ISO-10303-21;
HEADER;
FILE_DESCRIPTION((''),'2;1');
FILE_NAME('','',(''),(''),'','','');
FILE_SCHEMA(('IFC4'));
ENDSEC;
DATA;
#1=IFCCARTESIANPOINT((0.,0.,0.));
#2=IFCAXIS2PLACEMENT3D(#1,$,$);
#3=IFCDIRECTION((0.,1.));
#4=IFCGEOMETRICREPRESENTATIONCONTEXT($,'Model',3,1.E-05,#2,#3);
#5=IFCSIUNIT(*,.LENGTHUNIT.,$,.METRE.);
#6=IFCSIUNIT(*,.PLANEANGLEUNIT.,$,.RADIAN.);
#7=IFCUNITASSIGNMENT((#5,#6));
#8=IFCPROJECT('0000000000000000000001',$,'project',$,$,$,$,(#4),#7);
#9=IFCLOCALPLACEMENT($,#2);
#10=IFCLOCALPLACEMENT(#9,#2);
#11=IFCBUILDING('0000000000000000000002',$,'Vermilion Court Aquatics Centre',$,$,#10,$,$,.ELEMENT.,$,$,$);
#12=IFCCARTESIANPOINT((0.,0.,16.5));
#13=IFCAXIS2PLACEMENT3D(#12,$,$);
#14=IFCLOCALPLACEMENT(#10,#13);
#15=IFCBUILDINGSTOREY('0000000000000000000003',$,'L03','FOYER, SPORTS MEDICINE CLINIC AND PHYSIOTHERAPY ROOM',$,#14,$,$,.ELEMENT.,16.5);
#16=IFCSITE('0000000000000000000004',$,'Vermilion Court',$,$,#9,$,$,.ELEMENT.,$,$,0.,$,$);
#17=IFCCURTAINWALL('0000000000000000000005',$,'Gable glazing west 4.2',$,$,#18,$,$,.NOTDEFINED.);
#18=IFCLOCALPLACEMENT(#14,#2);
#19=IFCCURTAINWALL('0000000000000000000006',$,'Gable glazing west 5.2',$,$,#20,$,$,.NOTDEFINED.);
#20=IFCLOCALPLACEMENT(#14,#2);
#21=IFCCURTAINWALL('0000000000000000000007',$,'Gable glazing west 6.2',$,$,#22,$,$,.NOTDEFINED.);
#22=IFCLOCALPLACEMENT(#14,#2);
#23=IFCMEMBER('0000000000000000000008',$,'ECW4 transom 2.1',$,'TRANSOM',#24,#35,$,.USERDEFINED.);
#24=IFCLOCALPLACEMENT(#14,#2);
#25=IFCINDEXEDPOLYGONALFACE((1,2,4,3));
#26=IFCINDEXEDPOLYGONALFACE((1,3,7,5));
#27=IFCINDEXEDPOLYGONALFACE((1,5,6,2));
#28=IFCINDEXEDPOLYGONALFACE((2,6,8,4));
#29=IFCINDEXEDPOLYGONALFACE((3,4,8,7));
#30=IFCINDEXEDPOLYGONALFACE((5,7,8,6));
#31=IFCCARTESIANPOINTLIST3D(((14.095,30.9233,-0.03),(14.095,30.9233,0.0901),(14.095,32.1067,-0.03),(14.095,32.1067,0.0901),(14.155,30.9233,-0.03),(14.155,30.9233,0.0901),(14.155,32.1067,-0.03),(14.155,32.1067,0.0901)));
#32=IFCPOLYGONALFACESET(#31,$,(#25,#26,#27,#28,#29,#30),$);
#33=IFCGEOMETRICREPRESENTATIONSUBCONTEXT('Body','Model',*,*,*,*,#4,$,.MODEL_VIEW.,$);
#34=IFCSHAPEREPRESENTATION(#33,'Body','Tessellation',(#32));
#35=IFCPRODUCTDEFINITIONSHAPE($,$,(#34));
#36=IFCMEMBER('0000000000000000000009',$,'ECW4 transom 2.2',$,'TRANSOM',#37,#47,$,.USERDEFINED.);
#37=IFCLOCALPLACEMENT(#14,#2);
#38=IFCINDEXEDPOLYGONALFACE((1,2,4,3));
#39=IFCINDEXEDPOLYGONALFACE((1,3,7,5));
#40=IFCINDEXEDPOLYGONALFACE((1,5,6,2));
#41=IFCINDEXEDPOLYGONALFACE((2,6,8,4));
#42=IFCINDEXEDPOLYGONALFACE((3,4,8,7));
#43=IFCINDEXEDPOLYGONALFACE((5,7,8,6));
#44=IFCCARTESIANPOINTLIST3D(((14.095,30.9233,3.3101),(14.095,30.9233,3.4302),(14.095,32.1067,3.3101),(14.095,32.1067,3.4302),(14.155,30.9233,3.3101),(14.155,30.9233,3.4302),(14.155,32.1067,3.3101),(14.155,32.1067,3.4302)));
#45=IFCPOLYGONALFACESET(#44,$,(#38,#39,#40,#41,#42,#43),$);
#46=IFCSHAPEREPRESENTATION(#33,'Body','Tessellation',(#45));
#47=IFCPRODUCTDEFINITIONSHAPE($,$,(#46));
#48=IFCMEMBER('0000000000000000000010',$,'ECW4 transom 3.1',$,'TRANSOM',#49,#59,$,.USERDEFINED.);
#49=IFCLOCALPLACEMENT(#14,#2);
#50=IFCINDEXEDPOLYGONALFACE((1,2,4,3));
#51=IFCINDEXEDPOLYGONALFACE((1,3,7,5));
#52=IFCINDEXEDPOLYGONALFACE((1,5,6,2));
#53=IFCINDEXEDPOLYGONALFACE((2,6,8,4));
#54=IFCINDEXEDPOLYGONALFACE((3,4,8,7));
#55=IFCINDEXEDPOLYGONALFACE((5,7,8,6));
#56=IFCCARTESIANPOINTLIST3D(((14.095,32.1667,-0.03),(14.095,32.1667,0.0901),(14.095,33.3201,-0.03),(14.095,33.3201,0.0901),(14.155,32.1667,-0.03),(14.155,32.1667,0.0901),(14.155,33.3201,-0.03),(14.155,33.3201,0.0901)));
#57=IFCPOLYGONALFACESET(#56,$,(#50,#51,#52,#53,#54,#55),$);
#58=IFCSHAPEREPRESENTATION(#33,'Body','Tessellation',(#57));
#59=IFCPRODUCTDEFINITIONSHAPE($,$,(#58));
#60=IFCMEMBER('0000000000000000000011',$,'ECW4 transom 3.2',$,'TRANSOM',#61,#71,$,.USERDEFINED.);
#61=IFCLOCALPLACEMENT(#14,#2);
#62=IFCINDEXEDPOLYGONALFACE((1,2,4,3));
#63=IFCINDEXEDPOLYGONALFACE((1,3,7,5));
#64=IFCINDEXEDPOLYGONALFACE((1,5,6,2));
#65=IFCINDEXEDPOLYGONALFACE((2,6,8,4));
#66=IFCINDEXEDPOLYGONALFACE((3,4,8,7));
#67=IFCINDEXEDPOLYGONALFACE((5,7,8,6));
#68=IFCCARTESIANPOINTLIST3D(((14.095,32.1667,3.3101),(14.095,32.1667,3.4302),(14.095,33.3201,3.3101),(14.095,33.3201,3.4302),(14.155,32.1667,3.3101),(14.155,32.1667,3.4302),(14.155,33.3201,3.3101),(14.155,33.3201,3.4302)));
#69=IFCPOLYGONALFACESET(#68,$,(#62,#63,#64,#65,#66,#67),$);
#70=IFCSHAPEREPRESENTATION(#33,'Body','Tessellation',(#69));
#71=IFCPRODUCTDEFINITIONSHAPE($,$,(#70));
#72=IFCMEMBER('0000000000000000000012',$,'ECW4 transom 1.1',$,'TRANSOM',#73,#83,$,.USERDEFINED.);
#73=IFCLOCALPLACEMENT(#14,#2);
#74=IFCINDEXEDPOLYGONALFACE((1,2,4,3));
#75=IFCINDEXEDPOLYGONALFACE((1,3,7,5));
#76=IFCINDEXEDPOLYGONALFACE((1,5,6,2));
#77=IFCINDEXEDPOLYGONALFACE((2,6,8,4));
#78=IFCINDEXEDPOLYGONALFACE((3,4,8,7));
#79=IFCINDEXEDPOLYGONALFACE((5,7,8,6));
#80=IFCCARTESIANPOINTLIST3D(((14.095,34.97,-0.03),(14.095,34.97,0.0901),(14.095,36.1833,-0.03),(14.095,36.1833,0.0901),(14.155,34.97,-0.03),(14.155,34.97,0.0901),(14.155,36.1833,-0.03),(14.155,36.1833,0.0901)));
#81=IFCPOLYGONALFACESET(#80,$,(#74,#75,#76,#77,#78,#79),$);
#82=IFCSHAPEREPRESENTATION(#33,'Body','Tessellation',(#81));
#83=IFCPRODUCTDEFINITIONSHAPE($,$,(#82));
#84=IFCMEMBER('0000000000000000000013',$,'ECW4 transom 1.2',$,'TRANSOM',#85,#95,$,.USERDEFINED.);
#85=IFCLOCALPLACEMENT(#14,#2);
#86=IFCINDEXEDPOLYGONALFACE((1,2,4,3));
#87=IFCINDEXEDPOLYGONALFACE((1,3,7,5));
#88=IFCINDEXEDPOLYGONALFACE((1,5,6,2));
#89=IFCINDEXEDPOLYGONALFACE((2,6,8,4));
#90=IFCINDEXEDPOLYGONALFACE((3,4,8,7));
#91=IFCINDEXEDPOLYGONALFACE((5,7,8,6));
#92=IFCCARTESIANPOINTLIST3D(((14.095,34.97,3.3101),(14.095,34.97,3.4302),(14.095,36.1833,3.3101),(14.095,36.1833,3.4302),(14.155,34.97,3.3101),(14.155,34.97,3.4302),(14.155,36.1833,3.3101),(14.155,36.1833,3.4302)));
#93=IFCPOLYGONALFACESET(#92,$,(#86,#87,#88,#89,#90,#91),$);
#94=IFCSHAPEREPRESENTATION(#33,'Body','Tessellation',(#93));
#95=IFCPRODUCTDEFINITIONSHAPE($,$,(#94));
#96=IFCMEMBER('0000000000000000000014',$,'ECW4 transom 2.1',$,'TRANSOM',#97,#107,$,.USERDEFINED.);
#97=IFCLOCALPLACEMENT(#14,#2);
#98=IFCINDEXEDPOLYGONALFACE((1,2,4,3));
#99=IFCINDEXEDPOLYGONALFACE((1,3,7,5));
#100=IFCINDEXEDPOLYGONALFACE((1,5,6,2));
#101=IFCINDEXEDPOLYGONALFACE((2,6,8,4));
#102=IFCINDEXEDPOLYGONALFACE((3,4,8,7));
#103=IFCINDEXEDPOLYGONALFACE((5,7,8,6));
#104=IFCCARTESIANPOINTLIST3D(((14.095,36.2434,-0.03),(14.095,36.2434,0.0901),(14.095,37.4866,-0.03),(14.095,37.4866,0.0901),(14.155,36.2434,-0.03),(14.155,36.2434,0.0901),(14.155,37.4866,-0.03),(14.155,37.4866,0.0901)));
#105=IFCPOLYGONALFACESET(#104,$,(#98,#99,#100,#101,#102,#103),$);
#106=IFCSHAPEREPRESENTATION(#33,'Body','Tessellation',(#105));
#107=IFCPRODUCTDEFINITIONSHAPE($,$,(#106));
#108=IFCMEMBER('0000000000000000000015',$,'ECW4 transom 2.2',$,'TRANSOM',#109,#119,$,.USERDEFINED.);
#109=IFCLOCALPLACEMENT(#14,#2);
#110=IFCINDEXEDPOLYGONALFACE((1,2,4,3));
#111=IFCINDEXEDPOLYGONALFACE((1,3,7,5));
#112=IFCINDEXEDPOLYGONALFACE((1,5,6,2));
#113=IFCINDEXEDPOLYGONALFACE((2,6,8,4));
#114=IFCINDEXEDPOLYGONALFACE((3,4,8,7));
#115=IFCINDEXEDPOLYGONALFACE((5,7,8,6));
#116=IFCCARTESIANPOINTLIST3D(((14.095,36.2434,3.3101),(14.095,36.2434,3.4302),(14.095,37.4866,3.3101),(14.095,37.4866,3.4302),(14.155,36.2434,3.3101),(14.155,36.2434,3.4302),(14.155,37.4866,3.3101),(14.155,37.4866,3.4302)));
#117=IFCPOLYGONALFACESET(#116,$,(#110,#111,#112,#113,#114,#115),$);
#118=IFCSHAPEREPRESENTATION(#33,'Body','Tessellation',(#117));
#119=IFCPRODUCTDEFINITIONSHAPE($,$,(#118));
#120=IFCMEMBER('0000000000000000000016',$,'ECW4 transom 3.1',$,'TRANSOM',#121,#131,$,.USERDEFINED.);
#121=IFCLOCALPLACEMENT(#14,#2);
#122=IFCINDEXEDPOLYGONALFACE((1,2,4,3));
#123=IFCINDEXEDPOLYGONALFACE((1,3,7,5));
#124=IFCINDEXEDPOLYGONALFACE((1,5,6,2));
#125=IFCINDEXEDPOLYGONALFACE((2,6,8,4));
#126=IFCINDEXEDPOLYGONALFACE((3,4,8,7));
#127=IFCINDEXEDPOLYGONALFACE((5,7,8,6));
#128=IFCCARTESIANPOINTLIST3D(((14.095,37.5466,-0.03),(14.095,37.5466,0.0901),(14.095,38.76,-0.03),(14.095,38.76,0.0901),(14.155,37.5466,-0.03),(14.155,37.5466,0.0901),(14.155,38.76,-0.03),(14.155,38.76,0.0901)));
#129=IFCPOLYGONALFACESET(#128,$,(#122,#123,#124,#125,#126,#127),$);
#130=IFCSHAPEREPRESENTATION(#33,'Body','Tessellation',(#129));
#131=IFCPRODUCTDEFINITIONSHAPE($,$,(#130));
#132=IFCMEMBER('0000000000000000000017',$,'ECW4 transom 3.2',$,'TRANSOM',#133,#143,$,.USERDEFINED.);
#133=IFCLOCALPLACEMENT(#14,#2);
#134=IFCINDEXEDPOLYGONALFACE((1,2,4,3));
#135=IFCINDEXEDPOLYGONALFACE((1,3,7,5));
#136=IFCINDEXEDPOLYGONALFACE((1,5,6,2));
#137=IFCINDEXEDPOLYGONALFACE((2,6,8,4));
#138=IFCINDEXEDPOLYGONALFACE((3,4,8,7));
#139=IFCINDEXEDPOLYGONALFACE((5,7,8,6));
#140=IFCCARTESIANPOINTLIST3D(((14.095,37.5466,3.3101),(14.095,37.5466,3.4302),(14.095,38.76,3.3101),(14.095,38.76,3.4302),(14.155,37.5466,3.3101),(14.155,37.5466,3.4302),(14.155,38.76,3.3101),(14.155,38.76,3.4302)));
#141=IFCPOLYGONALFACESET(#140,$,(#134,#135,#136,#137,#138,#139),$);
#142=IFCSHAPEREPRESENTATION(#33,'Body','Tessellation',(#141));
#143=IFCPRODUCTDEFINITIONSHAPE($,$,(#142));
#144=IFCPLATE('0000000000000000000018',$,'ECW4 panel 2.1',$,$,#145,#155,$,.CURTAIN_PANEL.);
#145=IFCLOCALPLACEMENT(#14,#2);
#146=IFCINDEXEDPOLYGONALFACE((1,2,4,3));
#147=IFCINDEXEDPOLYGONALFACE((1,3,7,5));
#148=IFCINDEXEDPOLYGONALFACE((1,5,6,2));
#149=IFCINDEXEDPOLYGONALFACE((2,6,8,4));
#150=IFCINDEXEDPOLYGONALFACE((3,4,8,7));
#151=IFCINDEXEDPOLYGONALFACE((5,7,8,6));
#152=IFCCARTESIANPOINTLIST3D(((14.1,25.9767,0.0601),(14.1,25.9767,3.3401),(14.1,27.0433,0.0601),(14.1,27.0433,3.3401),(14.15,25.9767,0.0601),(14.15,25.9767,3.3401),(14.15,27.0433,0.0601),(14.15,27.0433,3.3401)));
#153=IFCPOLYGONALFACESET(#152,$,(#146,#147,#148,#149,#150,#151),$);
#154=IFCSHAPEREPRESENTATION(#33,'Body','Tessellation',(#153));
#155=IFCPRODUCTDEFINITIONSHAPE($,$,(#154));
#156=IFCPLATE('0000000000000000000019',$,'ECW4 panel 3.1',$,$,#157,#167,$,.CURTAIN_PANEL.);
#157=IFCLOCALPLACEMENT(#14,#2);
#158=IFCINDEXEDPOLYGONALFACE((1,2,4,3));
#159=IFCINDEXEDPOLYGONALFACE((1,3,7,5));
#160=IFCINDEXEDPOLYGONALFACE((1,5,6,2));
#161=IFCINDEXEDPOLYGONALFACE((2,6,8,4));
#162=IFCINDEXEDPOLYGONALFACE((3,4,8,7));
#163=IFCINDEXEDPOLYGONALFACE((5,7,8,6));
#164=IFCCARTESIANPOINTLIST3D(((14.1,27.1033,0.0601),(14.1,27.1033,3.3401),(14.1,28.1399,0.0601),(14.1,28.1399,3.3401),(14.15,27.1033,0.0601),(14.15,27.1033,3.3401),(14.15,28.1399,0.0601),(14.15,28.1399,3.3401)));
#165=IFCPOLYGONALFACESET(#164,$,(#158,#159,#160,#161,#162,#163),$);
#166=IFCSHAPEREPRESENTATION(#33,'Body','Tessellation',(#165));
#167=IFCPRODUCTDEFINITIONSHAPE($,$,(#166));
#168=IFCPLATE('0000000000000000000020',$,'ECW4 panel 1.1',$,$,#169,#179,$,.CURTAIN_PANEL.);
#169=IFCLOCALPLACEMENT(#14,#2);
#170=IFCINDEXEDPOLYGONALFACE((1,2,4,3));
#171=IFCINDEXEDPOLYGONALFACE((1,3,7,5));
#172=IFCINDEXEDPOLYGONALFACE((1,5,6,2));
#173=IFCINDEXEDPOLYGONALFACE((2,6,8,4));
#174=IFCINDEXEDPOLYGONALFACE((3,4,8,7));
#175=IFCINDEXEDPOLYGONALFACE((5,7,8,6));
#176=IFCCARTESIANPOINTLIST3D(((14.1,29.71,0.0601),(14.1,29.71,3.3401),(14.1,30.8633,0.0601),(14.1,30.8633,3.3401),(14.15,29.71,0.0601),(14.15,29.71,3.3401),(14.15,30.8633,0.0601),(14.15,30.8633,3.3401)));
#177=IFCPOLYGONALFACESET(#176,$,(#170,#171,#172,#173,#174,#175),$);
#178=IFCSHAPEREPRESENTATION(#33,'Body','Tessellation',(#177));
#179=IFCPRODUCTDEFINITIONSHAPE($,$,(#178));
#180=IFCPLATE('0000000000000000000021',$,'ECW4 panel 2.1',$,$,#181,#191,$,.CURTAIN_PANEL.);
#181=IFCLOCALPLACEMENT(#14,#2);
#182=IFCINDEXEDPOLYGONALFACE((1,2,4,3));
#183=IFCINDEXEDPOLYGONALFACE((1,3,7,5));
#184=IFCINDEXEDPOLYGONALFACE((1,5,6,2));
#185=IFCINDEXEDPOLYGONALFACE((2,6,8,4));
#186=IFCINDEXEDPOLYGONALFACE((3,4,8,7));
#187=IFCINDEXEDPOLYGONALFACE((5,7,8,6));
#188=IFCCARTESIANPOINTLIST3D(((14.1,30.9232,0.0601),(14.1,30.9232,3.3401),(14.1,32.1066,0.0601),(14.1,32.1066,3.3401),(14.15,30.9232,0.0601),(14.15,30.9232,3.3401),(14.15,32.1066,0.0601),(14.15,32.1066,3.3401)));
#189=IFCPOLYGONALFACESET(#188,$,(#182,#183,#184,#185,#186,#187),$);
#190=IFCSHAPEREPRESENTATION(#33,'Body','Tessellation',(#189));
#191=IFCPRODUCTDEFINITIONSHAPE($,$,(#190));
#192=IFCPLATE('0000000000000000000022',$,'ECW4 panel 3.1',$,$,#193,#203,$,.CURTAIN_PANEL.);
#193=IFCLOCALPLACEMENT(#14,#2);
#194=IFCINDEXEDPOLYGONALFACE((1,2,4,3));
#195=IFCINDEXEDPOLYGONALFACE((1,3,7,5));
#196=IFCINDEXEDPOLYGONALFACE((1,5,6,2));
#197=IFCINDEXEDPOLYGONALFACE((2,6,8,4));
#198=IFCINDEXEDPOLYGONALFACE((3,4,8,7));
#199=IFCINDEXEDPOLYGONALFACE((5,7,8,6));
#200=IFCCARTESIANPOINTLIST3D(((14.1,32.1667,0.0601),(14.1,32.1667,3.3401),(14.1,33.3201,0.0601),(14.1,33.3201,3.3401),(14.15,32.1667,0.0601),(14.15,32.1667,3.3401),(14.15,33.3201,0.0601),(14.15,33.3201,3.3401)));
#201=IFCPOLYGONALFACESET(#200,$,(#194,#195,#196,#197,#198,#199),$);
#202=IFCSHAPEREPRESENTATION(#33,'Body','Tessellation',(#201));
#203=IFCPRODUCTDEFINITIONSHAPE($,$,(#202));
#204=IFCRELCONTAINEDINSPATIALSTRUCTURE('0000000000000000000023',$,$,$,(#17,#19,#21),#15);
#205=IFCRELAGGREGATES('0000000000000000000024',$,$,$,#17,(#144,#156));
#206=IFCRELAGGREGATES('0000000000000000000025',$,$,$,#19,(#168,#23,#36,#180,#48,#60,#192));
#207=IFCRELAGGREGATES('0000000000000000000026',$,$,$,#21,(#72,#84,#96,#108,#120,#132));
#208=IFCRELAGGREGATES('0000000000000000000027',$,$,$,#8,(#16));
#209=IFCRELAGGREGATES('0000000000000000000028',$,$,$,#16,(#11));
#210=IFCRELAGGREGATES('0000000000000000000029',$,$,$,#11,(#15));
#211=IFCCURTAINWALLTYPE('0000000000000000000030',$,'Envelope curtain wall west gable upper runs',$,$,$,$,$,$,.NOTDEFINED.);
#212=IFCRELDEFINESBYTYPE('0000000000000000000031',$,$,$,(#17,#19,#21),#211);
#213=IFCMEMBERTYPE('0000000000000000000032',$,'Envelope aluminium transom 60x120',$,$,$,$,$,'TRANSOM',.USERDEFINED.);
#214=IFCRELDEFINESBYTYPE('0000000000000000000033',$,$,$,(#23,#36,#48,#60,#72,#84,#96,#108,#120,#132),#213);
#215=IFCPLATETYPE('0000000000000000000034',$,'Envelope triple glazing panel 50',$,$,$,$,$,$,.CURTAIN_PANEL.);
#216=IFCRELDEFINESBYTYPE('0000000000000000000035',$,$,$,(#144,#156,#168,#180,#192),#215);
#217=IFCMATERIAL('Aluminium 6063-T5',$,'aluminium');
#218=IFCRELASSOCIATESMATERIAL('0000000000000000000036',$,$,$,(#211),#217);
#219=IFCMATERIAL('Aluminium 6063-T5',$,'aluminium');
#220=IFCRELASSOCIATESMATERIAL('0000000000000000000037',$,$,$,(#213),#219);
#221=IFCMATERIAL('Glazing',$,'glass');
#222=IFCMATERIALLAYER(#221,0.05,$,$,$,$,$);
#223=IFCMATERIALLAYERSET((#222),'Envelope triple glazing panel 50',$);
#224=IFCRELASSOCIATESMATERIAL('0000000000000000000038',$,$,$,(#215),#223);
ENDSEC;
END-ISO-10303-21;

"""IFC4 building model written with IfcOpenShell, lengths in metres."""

from ifc_helpers import new_model, si_unit, direction, frame, origin, origin_2d, place, context, subcontext, project, spatial, rectangle, extrude, material, layer, layer_set, material_profile, profile_set, type_object, element, aggregate, save


model = new_model("IFC4")

# Units and contexts
model_context = context("Model", 3, precision=1e-05, world=origin(), true_north=direction((0.0, 1.0)))
body_context = subcontext(model_context, "Body", "Model", "MODEL_VIEW")
ifc_project = project(units=[si_unit("LENGTHUNIT", "METRE"), si_unit("PLANEANGLEUNIT", "RADIAN")], contexts=[model_context])

# Site, building, storey
site_placement = place(None, origin())
site = spatial("IfcSite", under=ifc_project, at=site_placement, Name="Vermilion Court", CompositionType="ELEMENT", RefElevation=0.0)
building_placement = place(site_placement, origin())
building = spatial("IfcBuilding", under=site, at=building_placement, Name="Vermilion Court Aquatics Centre", CompositionType="ELEMENT")
storey_placement = place(building_placement, frame((0.0, 0.0, 16.5)))
storey = spatial("IfcBuildingStorey", under=building, at=storey_placement, Name="L03", Description="FOYER, SPORTS MEDICINE CLINIC AND PHYSIOTHERAPY ROOM", CompositionType="ELEMENT", Elevation=16.5)

# Curtain walls
ifc_material_1 = material(Name="Aluminium 6063-T5", Category="aluminium")
curtain_wall_type = type_object("IfcCurtainWallType", Name="Envelope curtain wall west gable upper runs", PredefinedType="NOTDEFINED", material=ifc_material_1)
curtain_wall_1_placement = place(storey_placement, origin())
curtain_wall_1 = element("IfcCurtainWall", 1, at=curtain_wall_1_placement, inside=storey, type_object=curtain_wall_type, Name="Gable glazing west 4.2", PredefinedType="NOTDEFINED")
curtain_wall_2_placement = place(storey_placement, origin())
curtain_wall_2 = element("IfcCurtainWall", 2, at=curtain_wall_2_placement, inside=storey, type_object=curtain_wall_type, Name="Gable glazing west 5.2", PredefinedType="NOTDEFINED")
curtain_wall_3_placement = place(storey_placement, origin())
curtain_wall_3 = element("IfcCurtainWall", 3, at=curtain_wall_3_placement, inside=storey, type_object=curtain_wall_type, Name="Gable glazing west 6.2", PredefinedType="NOTDEFINED")

# Members
ifc_material_2 = material(Name="Aluminium 6063-T5", Category="aluminium")
ifc_material_profile_1 = material_profile(ifc_material_2, rectangle(XDim=0.0601, YDim=0.1201, at=origin_2d()), Name="AL 60x120")
ifc_profile_set_1 = profile_set([ifc_material_profile_1], Name="Aluminium 6063-T5")
member_type_1 = type_object("IfcMemberType", Name="Envelope aluminium transom 60x120", ElementType="TRANSOM", PredefinedType="USERDEFINED", material=ifc_profile_set_1)
member_1_placement = place(storey_placement, frame((14.125, 30.9233, 0.03), z_axis=(0.0, 1.0, 0.0), x_axis=(-1.0, 0.0, 0.0)))
member_1 = element("IfcMember", 4, at=member_1_placement, type_object=member_type_1, Name="ECW4 transom 2.1", ObjectType="TRANSOM", PredefinedType="USERDEFINED", context=body_context, shape_type="SweptSolid", body=[
    extrude(rectangle(XDim=0.0601, YDim=0.1201, at=origin_2d()), origin(), (0.0, 0.0, 1.0), 1.1833),
])
member_2_placement = place(storey_placement, frame((14.125, 30.9233, 3.3701), z_axis=(0.0, 1.0, 0.0), x_axis=(-1.0, 0.0, 0.0)))
member_2 = element("IfcMember", 5, at=member_2_placement, type_object=member_type_1, Name="ECW4 transom 2.2", ObjectType="TRANSOM", PredefinedType="USERDEFINED", context=body_context, shape_type="SweptSolid", body=[
    extrude(rectangle(XDim=0.0601, YDim=0.1201, at=origin_2d()), origin(), (0.0, 0.0, 1.0), 1.1833),
])
member_3_placement = place(storey_placement, frame((14.125, 32.1667, 0.03), z_axis=(0.0, 1.0, 0.0), x_axis=(-1.0, 0.0, 0.0)))
member_3 = element("IfcMember", 6, at=member_3_placement, type_object=member_type_1, Name="ECW4 transom 3.1", ObjectType="TRANSOM", PredefinedType="USERDEFINED", context=body_context, shape_type="SweptSolid", body=[
    extrude(rectangle(XDim=0.0601, YDim=0.1201, at=origin_2d()), origin(), (0.0, 0.0, 1.0), 1.1533),
])
member_4_placement = place(storey_placement, frame((14.125, 32.1667, 3.3701), z_axis=(0.0, 1.0, 0.0), x_axis=(-1.0, 0.0, 0.0)))
member_4 = element("IfcMember", 7, at=member_4_placement, type_object=member_type_1, Name="ECW4 transom 3.2", ObjectType="TRANSOM", PredefinedType="USERDEFINED", context=body_context, shape_type="SweptSolid", body=[
    extrude(rectangle(XDim=0.0601, YDim=0.1201, at=origin_2d()), origin(), (0.0, 0.0, 1.0), 1.1533),
])
member_5_placement = place(storey_placement, frame((14.125, 34.97, 0.03), z_axis=(0.0, 1.0, 0.0), x_axis=(-1.0, 0.0, 0.0)))
member_5 = element("IfcMember", 8, at=member_5_placement, type_object=member_type_1, Name="ECW4 transom 1.1", ObjectType="TRANSOM", PredefinedType="USERDEFINED", context=body_context, shape_type="SweptSolid", body=[
    extrude(rectangle(XDim=0.0601, YDim=0.1201, at=origin_2d()), origin(), (0.0, 0.0, 1.0), 1.2134),
])
member_6_placement = place(storey_placement, frame((14.125, 34.97, 3.3701), z_axis=(0.0, 1.0, 0.0), x_axis=(-1.0, 0.0, 0.0)))
member_6 = element("IfcMember", 9, at=member_6_placement, type_object=member_type_1, Name="ECW4 transom 1.2", ObjectType="TRANSOM", PredefinedType="USERDEFINED", context=body_context, shape_type="SweptSolid", body=[
    extrude(rectangle(XDim=0.0601, YDim=0.1201, at=origin_2d()), origin(), (0.0, 0.0, 1.0), 1.2134),
])
member_7_placement = place(storey_placement, frame((14.125, 36.2434, 0.03), z_axis=(0.0, 1.0, 0.0), x_axis=(-1.0, 0.0, 0.0)))
member_7 = element("IfcMember", 10, at=member_7_placement, type_object=member_type_1, Name="ECW4 transom 2.1", ObjectType="TRANSOM", PredefinedType="USERDEFINED", context=body_context, shape_type="SweptSolid", body=[
    extrude(rectangle(XDim=0.0601, YDim=0.1201, at=origin_2d()), origin(), (0.0, 0.0, 1.0), 1.2432),
])
member_8_placement = place(storey_placement, frame((14.125, 36.2434, 3.3701), z_axis=(0.0, 1.0, 0.0), x_axis=(-1.0, 0.0, 0.0)))
member_8 = element("IfcMember", 11, at=member_8_placement, type_object=member_type_1, Name="ECW4 transom 2.2", ObjectType="TRANSOM", PredefinedType="USERDEFINED", context=body_context, shape_type="SweptSolid", body=[
    extrude(rectangle(XDim=0.0601, YDim=0.1201, at=origin_2d()), origin(), (0.0, 0.0, 1.0), 1.2432),
])
member_9_placement = place(storey_placement, frame((14.125, 37.5466, 0.03), z_axis=(0.0, 1.0, 0.0), x_axis=(-1.0, 0.0, 0.0)))
member_9 = element("IfcMember", 12, at=member_9_placement, type_object=member_type_1, Name="ECW4 transom 3.1", ObjectType="TRANSOM", PredefinedType="USERDEFINED", context=body_context, shape_type="SweptSolid", body=[
    extrude(rectangle(XDim=0.0601, YDim=0.1201, at=origin_2d()), origin(), (0.0, 0.0, 1.0), 1.2134),
])
member_10_placement = place(storey_placement, frame((14.125, 37.5466, 3.3701), z_axis=(0.0, 1.0, 0.0), x_axis=(-1.0, 0.0, 0.0)))
member_10 = element("IfcMember", 13, at=member_10_placement, type_object=member_type_1, Name="ECW4 transom 3.2", ObjectType="TRANSOM", PredefinedType="USERDEFINED", context=body_context, shape_type="SweptSolid", body=[
    extrude(rectangle(XDim=0.0601, YDim=0.1201, at=origin_2d()), origin(), (0.0, 0.0, 1.0), 1.2134),
])

# Plates
ifc_material_3 = material(Name="Glazing", Category="glass")
ifc_layer = layer(ifc_material_3, 0.05)
ifc_layer_set = layer_set([ifc_layer], Name="Envelope triple glazing panel 50")
plate_type = type_object("IfcPlateType", Name="Envelope triple glazing panel 50", PredefinedType="CURTAIN_PANEL", material=ifc_layer_set)
plate_1_placement = place(storey_placement, frame((14.125, 26.51, 0.0601), z_axis=(0.0, 0.0, 1.0), x_axis=(0.0, 1.0, 0.0)))
plate_1 = element("IfcPlate", 14, at=plate_1_placement, type_object=plate_type, Name="ECW4 panel 2.1", PredefinedType="CURTAIN_PANEL", context=body_context, shape_type="SweptSolid", body=[
    extrude(rectangle(XDim=1.0667, YDim=0.05, at=origin_2d()), origin(), (0.0, 0.0, 1.0), 3.28),
])
plate_2_placement = place(storey_placement, frame((14.125, 27.6216, 0.0601), z_axis=(0.0, 0.0, 1.0), x_axis=(0.0, 1.0, 0.0)))
plate_2 = element("IfcPlate", 15, at=plate_2_placement, type_object=plate_type, Name="ECW4 panel 3.1", PredefinedType="CURTAIN_PANEL", context=body_context, shape_type="SweptSolid", body=[
    extrude(rectangle(XDim=1.0366, YDim=0.05, at=origin_2d()), origin(), (0.0, 0.0, 1.0), 3.28),
])
aggregate(curtain_wall_1, [plate_1, plate_2])
plate_3_placement = place(storey_placement, frame((14.125, 30.2866, 0.0601), z_axis=(0.0, 0.0, 1.0), x_axis=(0.0, 1.0, 0.0)))
plate_3 = element("IfcPlate", 16, at=plate_3_placement, type_object=plate_type, Name="ECW4 panel 1.1", PredefinedType="CURTAIN_PANEL", context=body_context, shape_type="SweptSolid", body=[
    extrude(rectangle(XDim=1.1533, YDim=0.05, at=origin_2d()), origin(), (0.0, 0.0, 1.0), 3.28),
])
plate_4_placement = place(storey_placement, frame((14.125, 31.5149, 0.0601), z_axis=(0.0, 0.0, 1.0), x_axis=(0.0, 1.0, 0.0)))
plate_4 = element("IfcPlate", 17, at=plate_4_placement, type_object=plate_type, Name="ECW4 panel 2.1", PredefinedType="CURTAIN_PANEL", context=body_context, shape_type="SweptSolid", body=[
    extrude(rectangle(XDim=1.1833, YDim=0.05, at=origin_2d()), origin(), (0.0, 0.0, 1.0), 3.28),
])
plate_5_placement = place(storey_placement, frame((14.125, 32.7434, 0.0601), z_axis=(0.0, 0.0, 1.0), x_axis=(0.0, 1.0, 0.0)))
plate_5 = element("IfcPlate", 18, at=plate_5_placement, type_object=plate_type, Name="ECW4 panel 3.1", PredefinedType="CURTAIN_PANEL", context=body_context, shape_type="SweptSolid", body=[
    extrude(rectangle(XDim=1.1533, YDim=0.05, at=origin_2d()), origin(), (0.0, 0.0, 1.0), 3.28),
])
aggregate(curtain_wall_2, [plate_3, member_1, member_2, plate_4, member_3, member_4, plate_5])
aggregate(curtain_wall_3, [member_5, member_6, member_7, member_8, member_9, member_10])

save(model, "model.ifc")
